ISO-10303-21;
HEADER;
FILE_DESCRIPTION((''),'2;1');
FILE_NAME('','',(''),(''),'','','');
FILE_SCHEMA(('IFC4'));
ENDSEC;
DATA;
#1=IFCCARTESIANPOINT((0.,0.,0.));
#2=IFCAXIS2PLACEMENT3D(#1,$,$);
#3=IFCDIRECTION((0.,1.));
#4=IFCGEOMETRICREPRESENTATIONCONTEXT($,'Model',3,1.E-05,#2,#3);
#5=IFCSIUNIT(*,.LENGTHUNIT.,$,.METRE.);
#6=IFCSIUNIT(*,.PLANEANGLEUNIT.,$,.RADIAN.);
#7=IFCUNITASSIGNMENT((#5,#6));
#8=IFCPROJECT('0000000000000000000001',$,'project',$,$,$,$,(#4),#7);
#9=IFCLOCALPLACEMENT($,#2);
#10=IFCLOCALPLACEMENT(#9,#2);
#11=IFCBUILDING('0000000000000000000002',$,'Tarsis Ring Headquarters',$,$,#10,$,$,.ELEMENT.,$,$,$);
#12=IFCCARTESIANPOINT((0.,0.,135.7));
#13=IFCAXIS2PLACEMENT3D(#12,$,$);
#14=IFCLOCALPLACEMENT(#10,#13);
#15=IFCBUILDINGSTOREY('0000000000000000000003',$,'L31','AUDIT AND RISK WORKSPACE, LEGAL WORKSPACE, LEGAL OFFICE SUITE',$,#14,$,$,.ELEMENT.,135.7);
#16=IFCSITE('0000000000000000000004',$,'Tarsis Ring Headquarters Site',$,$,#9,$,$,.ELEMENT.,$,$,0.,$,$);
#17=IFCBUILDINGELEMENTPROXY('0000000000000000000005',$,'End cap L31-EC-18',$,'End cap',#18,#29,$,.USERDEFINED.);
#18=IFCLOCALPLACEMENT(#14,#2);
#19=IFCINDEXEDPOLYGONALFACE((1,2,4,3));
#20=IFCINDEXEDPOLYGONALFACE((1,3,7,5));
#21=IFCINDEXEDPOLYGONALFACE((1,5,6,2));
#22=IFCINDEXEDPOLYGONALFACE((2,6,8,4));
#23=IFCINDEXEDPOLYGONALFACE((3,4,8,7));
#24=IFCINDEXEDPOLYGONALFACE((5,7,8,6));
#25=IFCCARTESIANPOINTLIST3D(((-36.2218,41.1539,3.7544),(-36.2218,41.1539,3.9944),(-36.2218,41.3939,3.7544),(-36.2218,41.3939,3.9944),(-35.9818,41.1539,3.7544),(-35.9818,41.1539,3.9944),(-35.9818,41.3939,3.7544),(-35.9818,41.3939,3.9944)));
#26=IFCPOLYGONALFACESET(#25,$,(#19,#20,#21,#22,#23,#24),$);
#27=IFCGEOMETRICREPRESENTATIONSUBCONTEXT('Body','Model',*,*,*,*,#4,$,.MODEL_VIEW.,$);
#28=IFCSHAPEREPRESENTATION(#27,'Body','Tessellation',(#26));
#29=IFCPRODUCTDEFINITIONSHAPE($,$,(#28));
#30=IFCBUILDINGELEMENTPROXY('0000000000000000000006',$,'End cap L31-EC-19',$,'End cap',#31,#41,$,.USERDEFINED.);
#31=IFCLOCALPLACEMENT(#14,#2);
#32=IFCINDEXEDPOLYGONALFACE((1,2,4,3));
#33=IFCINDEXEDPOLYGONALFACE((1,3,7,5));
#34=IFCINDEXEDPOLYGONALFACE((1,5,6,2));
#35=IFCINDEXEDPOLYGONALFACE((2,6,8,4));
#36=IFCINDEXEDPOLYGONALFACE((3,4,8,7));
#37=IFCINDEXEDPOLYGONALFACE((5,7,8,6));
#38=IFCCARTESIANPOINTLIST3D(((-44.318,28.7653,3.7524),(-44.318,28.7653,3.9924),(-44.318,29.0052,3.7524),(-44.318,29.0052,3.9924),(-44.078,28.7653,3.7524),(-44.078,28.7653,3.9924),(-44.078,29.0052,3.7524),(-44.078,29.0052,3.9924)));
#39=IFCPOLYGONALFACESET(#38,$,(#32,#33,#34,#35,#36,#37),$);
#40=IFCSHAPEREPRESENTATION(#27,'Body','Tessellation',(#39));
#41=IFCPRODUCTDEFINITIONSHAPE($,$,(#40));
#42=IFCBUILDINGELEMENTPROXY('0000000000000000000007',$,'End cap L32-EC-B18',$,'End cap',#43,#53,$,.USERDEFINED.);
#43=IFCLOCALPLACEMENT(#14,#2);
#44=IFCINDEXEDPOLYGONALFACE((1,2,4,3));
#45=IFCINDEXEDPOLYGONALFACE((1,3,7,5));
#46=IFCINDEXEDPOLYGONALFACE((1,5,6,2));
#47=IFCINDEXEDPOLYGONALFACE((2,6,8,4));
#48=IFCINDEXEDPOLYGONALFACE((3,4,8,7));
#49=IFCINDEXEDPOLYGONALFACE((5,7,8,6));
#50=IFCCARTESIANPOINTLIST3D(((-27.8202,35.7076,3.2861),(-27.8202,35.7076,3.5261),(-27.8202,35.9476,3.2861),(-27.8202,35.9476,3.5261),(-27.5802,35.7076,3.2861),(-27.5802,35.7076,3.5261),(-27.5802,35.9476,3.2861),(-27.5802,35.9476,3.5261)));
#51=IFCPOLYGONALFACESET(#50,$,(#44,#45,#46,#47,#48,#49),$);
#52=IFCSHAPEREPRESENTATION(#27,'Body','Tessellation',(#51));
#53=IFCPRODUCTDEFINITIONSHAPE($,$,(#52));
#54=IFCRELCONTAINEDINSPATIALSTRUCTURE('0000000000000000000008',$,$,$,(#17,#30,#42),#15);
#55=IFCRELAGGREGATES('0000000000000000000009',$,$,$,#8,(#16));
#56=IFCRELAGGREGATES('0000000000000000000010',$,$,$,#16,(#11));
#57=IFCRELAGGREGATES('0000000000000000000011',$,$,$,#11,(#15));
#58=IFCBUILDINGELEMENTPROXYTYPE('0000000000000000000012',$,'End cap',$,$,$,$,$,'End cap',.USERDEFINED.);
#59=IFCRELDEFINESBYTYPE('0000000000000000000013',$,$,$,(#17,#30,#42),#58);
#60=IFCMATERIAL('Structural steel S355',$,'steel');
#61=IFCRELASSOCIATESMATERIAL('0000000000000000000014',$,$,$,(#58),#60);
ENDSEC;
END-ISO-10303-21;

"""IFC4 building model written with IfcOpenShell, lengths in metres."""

from ifc_helpers import new_model, si_unit, direction, frame, origin, origin_2d, place, context, subcontext, project, spatial, rectangle, extrude, material, type_object, element, save


model = new_model("IFC4")

# Units and contexts
model_context = context("Model", 3, precision=1e-05, world=origin(), true_north=direction((0.0, 1.0)))
body_context = subcontext(model_context, "Body", "Model", "MODEL_VIEW")
ifc_project = project(units=[si_unit("LENGTHUNIT", "METRE"), si_unit("PLANEANGLEUNIT", "RADIAN")], contexts=[model_context])

# Site, building, storey
site_placement = place(None, origin())
site = spatial("IfcSite", under=ifc_project, at=site_placement, Name="Tarsis Ring Headquarters Site", CompositionType="ELEMENT", RefElevation=0.0)
building_placement = place(site_placement, origin())
building = spatial("IfcBuilding", under=site, at=building_placement, Name="Tarsis Ring Headquarters", CompositionType="ELEMENT")
storey_placement = place(building_placement, frame((0.0, 0.0, 135.7)))
storey = spatial("IfcBuildingStorey", under=building, at=storey_placement, Name="L31", Description="AUDIT AND RISK WORKSPACE, LEGAL WORKSPACE, LEGAL OFFICE SUITE", CompositionType="ELEMENT", Elevation=135.7)

# Shared definitions
ifc_material_1 = material(Name="Structural steel S355", Category="steel")

# Building element proxies
building_element_proxy_type = type_object("IfcBuildingElementProxyType", Name="End cap", ElementType="End cap", PredefinedType="USERDEFINED", material=ifc_material_1)
for number, where, z_axis, x_axis, name in (
    (1, (-36.1018, 41.2739, 3.7544), (0.0, 0.0, 1.0), (1.0, 0.0, 0.0), "End cap L31-EC-18"),
    (2, (-44.198, 28.8853, 3.7524), (0.0, 0.0, 1.0), (1.0, 0.0, 0.0), "End cap L31-EC-19"),
    (3, (-27.7002, 35.8276, 3.2861), (0.0, 0.0, 1.0), (1.0, 0.0, 0.0), "End cap L32-EC-B18"),
):
    element("IfcBuildingElementProxy", number, at=place(storey_placement, frame(where, z_axis=z_axis, x_axis=x_axis)), inside=storey, type_object=building_element_proxy_type, Name=name, ObjectType="End cap", PredefinedType="USERDEFINED", context=body_context, shape_type="SweptSolid", body=[
        extrude(rectangle(XDim=0.24, YDim=0.24, at=origin_2d()), origin(), (0.0, 0.0, 1.0), 0.24),
    ])

save(model, "model.ifc")
